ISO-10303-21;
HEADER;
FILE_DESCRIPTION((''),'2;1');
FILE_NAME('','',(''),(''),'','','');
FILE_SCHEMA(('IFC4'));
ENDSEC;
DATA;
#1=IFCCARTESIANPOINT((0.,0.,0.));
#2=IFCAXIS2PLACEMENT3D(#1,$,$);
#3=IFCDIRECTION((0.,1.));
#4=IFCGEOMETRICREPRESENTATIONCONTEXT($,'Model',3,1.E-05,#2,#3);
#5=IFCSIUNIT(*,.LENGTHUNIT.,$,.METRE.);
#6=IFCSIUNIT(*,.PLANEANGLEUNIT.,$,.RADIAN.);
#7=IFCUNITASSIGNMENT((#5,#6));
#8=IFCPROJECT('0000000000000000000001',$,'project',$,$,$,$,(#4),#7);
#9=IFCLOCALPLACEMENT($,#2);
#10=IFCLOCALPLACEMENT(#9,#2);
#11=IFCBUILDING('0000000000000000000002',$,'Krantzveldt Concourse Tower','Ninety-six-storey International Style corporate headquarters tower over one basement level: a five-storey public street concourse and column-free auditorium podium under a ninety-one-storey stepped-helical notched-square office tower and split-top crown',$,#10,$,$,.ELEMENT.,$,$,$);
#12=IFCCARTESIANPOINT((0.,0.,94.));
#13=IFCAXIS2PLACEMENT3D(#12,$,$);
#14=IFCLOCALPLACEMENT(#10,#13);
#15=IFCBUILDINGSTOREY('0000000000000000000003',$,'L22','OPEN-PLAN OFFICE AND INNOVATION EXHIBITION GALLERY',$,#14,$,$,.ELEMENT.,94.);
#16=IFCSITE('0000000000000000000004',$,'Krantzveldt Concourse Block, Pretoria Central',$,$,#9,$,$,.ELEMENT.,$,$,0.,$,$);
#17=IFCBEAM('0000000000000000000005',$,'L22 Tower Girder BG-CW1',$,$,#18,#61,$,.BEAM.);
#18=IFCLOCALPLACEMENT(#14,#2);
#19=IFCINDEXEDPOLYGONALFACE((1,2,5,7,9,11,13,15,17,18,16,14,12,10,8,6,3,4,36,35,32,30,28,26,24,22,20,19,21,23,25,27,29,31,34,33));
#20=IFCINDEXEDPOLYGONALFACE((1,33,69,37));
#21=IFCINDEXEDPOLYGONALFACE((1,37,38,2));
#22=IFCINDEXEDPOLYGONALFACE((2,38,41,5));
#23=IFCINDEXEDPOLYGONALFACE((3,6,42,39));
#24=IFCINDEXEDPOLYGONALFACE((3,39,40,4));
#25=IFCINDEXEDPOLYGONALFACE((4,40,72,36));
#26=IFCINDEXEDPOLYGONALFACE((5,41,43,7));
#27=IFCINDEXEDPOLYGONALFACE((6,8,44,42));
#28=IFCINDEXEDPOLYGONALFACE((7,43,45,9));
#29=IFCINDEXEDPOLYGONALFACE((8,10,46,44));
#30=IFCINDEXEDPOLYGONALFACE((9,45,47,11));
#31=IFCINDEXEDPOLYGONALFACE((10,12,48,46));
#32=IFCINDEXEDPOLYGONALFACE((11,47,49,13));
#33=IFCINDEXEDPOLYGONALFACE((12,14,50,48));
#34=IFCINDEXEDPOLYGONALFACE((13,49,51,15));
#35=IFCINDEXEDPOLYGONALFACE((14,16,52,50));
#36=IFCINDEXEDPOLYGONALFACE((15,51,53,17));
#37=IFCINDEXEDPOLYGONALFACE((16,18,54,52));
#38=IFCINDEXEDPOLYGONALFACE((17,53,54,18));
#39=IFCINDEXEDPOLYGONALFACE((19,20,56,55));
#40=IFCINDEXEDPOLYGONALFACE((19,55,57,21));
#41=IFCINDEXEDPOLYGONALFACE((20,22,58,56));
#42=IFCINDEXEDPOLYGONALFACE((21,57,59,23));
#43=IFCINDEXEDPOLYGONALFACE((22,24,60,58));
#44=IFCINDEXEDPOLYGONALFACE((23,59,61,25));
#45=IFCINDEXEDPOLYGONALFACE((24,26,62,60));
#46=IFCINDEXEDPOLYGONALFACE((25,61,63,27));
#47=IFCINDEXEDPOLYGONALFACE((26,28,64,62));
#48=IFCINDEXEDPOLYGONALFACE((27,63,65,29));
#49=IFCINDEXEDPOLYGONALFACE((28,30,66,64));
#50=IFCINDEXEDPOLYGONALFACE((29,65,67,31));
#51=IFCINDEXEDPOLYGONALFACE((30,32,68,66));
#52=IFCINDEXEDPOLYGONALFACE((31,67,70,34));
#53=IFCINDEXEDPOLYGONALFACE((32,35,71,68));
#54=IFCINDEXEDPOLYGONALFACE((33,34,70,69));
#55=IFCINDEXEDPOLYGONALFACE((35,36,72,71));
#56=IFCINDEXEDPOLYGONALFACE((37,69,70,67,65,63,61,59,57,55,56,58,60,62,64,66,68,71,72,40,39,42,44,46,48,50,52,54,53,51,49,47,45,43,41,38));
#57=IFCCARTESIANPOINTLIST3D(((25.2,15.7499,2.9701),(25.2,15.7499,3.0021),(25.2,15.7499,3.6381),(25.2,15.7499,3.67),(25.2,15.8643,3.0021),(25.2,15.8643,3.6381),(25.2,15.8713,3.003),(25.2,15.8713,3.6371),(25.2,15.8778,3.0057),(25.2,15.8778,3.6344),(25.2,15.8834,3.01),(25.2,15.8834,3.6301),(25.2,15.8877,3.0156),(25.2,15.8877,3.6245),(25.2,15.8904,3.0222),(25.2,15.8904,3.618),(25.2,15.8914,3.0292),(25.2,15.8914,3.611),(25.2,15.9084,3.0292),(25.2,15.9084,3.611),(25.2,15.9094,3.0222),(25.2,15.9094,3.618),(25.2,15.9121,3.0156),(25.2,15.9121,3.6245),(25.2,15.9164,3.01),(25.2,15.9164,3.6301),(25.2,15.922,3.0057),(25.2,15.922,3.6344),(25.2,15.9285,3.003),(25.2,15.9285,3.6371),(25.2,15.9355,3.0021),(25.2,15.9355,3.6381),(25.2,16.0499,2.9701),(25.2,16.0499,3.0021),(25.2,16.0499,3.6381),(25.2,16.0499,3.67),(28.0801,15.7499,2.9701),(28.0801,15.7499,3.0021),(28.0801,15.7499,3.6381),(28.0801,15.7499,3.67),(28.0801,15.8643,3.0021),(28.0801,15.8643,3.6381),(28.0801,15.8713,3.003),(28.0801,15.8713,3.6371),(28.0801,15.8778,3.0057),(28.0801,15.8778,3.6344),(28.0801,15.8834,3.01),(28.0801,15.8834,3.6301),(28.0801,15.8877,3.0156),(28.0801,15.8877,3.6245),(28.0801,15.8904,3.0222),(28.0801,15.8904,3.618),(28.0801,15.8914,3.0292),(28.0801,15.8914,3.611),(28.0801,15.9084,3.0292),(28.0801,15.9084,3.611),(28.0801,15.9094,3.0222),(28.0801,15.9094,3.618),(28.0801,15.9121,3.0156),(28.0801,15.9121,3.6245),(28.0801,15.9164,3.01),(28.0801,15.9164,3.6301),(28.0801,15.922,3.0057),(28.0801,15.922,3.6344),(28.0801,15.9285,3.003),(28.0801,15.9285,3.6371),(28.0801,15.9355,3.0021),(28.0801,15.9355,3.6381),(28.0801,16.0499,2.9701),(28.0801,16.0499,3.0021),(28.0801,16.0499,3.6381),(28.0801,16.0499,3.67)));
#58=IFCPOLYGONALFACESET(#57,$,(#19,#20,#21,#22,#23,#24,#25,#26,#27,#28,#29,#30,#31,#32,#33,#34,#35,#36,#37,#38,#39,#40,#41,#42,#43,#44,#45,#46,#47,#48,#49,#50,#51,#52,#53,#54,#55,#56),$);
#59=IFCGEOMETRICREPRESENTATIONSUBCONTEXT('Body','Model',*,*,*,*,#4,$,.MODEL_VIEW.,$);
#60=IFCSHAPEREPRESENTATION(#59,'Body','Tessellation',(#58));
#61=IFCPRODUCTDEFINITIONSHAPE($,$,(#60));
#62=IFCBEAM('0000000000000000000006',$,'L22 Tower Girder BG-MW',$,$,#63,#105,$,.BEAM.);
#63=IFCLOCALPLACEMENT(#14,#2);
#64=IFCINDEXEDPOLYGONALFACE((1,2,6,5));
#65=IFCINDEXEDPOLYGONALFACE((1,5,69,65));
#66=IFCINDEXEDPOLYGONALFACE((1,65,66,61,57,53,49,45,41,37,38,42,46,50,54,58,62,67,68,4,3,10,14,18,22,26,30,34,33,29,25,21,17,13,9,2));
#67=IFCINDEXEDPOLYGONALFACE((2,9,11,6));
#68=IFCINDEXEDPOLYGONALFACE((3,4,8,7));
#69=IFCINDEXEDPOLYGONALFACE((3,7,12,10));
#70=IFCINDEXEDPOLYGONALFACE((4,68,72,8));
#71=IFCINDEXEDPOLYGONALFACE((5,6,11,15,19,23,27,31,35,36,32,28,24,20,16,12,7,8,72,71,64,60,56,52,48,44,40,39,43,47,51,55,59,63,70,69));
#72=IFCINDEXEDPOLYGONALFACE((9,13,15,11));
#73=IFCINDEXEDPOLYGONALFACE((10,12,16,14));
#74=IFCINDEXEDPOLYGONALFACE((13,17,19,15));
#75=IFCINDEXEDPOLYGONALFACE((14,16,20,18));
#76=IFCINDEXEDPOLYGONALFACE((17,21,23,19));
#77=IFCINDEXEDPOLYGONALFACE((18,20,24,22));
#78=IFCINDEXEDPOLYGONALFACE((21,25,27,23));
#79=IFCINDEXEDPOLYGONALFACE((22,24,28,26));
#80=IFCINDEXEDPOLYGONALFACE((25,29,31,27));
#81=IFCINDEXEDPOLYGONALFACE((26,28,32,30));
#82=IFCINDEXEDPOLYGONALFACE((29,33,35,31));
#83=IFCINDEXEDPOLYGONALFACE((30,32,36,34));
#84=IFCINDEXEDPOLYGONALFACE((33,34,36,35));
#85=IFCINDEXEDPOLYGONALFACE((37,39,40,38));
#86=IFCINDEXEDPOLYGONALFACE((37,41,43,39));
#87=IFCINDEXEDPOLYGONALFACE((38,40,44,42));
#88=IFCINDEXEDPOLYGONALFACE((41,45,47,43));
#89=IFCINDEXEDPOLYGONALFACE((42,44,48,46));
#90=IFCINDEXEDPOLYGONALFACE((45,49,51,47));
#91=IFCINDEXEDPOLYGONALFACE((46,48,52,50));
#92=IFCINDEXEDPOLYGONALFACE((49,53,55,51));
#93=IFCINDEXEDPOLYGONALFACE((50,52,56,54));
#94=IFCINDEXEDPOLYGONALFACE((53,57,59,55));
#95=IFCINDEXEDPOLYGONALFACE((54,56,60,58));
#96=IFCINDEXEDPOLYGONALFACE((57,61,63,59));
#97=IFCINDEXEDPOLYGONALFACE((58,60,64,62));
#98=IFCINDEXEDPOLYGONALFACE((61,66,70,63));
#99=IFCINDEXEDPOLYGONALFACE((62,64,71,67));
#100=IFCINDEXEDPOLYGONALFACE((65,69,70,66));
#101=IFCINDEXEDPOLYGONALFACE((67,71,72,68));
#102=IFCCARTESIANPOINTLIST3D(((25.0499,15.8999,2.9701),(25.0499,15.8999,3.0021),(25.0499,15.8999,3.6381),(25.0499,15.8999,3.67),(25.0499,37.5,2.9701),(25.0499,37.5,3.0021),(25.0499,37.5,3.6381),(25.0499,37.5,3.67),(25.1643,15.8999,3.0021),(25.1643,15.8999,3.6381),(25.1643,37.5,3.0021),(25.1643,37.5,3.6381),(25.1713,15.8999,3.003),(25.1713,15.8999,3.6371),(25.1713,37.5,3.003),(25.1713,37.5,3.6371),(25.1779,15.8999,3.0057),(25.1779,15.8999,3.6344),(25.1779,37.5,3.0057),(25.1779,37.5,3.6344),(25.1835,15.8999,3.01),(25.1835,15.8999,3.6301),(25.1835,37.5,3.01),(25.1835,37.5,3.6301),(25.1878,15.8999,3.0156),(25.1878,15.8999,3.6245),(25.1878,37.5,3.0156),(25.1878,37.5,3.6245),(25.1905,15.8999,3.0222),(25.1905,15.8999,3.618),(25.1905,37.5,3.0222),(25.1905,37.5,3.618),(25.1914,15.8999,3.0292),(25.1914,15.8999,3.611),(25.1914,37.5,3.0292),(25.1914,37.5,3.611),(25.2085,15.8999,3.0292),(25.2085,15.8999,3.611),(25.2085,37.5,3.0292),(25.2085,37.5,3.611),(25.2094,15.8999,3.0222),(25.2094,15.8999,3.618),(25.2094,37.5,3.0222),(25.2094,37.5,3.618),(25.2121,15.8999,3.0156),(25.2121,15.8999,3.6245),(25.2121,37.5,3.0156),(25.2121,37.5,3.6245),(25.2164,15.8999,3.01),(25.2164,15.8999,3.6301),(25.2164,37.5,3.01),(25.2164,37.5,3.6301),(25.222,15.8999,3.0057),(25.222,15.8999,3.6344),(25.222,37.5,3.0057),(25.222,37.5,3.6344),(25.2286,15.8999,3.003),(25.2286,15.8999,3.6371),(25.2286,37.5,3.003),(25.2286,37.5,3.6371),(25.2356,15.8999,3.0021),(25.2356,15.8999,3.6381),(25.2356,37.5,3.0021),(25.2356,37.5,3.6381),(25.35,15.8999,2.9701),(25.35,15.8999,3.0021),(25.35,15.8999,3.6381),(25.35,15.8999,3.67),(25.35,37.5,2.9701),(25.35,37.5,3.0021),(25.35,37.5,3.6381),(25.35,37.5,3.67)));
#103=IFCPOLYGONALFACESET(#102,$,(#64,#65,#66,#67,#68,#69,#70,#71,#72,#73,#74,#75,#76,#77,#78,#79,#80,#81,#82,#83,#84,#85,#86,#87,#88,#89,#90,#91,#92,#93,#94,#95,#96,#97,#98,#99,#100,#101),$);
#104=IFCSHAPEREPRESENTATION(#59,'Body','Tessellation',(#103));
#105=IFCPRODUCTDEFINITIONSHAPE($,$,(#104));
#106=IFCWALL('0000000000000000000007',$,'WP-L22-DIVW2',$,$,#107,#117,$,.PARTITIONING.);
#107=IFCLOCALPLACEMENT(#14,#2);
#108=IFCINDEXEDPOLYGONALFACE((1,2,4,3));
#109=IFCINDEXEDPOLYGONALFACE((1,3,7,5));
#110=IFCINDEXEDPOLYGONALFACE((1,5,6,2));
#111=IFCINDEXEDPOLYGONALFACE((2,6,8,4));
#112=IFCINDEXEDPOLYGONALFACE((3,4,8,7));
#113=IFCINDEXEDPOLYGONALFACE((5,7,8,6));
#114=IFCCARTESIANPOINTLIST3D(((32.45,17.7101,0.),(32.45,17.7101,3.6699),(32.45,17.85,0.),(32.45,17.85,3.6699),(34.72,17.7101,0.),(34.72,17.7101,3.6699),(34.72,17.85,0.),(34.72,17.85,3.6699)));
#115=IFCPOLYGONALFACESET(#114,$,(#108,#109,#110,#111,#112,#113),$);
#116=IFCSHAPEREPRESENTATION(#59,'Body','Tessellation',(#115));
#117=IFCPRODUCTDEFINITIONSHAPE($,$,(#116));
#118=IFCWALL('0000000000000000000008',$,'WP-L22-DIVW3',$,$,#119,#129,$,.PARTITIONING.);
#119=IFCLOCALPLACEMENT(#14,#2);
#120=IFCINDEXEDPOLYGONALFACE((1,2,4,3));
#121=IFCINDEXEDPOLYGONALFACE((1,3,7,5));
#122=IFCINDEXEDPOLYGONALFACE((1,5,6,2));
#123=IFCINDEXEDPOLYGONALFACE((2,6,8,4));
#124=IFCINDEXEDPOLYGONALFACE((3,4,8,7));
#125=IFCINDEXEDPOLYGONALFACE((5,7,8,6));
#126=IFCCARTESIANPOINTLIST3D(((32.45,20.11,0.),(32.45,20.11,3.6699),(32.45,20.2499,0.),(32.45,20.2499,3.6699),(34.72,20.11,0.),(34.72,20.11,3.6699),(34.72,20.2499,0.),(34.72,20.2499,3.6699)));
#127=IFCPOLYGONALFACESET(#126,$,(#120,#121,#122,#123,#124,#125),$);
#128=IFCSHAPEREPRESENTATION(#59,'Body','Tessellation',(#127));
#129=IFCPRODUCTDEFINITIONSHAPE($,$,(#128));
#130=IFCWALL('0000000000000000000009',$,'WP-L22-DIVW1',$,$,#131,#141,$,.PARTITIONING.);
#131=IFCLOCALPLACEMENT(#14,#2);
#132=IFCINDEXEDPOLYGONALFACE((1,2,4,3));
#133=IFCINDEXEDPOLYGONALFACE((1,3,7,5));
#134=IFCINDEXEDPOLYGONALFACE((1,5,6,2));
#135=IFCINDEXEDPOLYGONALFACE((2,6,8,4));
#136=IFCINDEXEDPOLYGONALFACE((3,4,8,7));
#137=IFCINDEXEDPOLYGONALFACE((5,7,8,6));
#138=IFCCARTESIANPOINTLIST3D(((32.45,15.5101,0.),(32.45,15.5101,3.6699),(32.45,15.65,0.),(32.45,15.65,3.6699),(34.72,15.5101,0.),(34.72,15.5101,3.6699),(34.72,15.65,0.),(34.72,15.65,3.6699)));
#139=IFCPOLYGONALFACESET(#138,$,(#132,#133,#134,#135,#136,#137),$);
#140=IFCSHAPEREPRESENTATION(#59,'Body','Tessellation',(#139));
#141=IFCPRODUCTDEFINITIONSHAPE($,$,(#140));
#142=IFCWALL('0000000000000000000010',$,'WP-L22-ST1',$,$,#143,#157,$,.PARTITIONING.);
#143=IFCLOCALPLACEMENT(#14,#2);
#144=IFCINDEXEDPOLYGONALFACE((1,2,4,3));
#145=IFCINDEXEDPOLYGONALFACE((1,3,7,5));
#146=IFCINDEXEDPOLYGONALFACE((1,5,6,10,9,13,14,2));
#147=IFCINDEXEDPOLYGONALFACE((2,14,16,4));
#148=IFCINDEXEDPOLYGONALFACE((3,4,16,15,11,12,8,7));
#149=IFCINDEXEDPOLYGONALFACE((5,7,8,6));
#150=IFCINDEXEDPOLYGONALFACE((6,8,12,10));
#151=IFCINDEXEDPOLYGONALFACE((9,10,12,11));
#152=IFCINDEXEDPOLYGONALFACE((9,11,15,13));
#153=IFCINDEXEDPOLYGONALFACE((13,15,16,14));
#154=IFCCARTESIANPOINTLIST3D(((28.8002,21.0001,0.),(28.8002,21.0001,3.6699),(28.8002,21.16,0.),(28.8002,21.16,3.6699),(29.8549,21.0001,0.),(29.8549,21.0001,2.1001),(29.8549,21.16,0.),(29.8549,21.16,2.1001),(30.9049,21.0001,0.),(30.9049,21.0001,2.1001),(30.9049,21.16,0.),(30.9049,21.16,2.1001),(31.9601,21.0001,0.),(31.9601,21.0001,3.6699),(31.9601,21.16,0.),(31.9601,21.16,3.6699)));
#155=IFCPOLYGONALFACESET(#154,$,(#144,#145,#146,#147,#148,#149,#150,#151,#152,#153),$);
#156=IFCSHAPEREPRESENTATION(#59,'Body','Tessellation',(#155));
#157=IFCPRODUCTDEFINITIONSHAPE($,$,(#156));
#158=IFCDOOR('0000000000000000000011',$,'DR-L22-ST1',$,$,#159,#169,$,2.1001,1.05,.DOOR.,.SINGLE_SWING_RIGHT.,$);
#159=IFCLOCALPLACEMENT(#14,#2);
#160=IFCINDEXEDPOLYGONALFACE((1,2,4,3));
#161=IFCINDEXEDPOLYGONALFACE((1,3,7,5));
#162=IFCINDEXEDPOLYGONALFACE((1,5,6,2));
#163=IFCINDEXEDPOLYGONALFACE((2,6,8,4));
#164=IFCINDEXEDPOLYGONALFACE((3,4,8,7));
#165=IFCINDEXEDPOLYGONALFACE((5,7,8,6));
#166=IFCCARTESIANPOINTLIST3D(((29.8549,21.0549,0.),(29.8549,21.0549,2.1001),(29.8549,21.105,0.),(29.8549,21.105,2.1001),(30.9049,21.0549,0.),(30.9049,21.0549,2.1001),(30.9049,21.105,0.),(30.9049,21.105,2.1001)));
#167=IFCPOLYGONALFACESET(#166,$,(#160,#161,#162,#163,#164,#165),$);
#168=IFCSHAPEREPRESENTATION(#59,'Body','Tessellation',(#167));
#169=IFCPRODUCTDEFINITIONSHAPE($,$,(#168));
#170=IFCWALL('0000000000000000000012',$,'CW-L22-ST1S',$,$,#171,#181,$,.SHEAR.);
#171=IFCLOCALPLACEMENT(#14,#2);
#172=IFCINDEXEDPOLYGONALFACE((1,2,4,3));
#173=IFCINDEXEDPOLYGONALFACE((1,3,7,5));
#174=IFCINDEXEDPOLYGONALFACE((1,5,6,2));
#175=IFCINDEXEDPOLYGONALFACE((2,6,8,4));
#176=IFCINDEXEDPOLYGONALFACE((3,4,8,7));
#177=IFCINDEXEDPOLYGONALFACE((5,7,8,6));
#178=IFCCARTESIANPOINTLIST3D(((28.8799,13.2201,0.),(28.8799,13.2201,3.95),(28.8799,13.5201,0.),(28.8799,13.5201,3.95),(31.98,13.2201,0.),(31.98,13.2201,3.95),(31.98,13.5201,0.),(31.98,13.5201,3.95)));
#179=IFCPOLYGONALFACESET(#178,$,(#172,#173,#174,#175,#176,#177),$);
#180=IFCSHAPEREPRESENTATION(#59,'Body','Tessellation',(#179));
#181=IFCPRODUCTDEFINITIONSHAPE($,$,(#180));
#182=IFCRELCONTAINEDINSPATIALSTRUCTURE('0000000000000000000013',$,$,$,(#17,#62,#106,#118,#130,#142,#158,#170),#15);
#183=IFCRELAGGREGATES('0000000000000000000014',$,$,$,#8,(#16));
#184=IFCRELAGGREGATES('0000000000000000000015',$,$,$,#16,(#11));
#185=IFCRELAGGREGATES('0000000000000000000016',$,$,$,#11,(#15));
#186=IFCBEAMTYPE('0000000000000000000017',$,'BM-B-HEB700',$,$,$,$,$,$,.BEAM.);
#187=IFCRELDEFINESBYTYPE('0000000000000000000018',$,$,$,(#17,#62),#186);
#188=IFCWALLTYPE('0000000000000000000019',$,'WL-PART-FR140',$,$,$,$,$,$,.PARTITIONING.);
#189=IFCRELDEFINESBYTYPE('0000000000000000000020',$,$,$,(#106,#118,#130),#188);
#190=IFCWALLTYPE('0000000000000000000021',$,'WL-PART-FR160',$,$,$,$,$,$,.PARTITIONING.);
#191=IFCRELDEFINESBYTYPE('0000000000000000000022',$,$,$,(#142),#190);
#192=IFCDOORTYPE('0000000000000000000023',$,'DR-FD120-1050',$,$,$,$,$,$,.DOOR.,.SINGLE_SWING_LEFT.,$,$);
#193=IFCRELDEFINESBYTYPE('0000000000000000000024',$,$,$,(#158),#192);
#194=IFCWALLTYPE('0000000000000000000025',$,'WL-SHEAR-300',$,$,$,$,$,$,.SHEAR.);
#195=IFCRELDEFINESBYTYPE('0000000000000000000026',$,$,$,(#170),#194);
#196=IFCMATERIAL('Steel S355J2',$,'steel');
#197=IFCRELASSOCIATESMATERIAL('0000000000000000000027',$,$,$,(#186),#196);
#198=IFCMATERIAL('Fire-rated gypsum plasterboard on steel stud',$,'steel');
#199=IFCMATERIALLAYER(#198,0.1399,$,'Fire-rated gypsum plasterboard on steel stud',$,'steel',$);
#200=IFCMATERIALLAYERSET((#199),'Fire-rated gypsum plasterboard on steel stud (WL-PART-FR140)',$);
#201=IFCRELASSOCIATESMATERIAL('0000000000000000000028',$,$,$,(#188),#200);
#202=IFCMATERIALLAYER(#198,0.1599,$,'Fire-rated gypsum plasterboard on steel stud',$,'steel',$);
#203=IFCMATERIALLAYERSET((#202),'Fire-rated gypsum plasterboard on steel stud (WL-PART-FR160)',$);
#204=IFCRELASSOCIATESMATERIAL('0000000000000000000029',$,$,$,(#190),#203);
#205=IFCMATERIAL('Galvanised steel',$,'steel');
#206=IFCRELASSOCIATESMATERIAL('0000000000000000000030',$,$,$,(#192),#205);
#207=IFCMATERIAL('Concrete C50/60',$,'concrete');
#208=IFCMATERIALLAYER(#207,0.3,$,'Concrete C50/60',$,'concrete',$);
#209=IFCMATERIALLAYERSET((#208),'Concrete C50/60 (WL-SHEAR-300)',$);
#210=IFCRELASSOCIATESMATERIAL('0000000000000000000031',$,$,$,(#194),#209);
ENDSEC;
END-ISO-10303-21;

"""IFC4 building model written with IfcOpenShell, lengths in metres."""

from ifc_helpers import new_model, si_unit, direction, frame, frame_2d, origin, origin_2d, place, context, subcontext, project, spatial, rectangle, i_section, extrude, source, transform, mapped, material, layer, layer_set, material_profile, profile_set, type_object, type_shapes, element, fill, save


model = new_model("IFC4")

# Units and contexts
model_context = context("Model", 3, precision=1e-05, world=origin(), true_north=direction((0.0, 1.0)))
body_context = subcontext(model_context, "Body", "Model", "MODEL_VIEW")
ifc_project = project(units=[si_unit("LENGTHUNIT", "METRE"), si_unit("PLANEANGLEUNIT", "RADIAN")], contexts=[model_context])

# Site, building, storey
site_placement = place(None, origin())
site = spatial("IfcSite", under=ifc_project, at=site_placement, Name="Krantzveldt Concourse Block, Pretoria Central", CompositionType="ELEMENT", RefElevation=0.0)
building_placement = place(site_placement, origin())
building = spatial("IfcBuilding", under=site, at=building_placement, Name="Krantzveldt Concourse Tower", Description="Ninety-six-storey International Style corporate headquarters tower over one basement level: a five-storey public street concourse and column-free auditorium podium under a ninety-one-storey stepped-helical notched-square office tower and split-top crown", CompositionType="ELEMENT")
storey_placement = place(building_placement, frame((0.0, 0.0, 94.0)))
storey = spatial("IfcBuildingStorey", under=building, at=storey_placement, Name="L22", Description="OPEN-PLAN OFFICE AND INNOVATION EXHIBITION GALLERY", CompositionType="ELEMENT", Elevation=94.0)

# Beams
ifc_material_1 = material(Name="Steel S355J2", Category="steel")
ifc_material_profile = material_profile(ifc_material_1, i_section(OverallWidth=0.3, OverallDepth=0.7, WebThickness=0.0171, FlangeThickness=0.032, FilletRadius=0.0271, at=origin_2d()), Name="Steel S355J2", Category="steel")
ifc_profile_set = profile_set([ifc_material_profile], Name="Steel S355J2 - HEB 700")
beam_type = type_object("IfcBeamType", Name="BM-B-HEB700", PredefinedType="BEAM", material=ifc_profile_set)
shared_shape_1 = source(origin(), body_context, "Body", "SweptSolid", [
    extrude(i_section(OverallWidth=0.3, OverallDepth=0.7, WebThickness=0.0171, FlangeThickness=0.032, FilletRadius=0.0271, at=origin_2d()), origin(), (0.0, 0.0, 1.0), 2.8801),
])
beam_1_placement = place(storey_placement, frame((25.2, 15.8999, 3.3201), z_axis=(1.0, 0.0, 0.0), x_axis=(0.0, 1.0, 0.0)))
element("IfcBeam", 1, at=beam_1_placement, inside=storey, type_object=beam_type, Name="L22 Tower Girder BG-CW1", PredefinedType="BEAM", context=body_context, shape_type="MappedRepresentation", body=[
    mapped(shared_shape_1, transform((0.0, 0.0, 0.0), x_axis=(1.0, 0.0, 0.0), y_axis=(0.0, 1.0, 0.0), z_axis=(0.0, 0.0, 1.0), scale=1.0)),
])
shared_shape_2 = source(origin(), body_context, "Body", "SweptSolid", [
    extrude(i_section(OverallWidth=0.3, OverallDepth=0.7, WebThickness=0.0171, FlangeThickness=0.032, FilletRadius=0.0271, at=origin_2d()), origin(), (0.0, 0.0, 1.0), 21.6001),
])
type_shapes(beam_type, [shared_shape_1, shared_shape_2])
beam_2_placement = place(storey_placement, frame((25.2, 15.8999, 3.3201), z_axis=(0.0, 1.0, 0.0), x_axis=(-1.0, 0.0, 0.0)))
element("IfcBeam", 2, at=beam_2_placement, inside=storey, type_object=beam_type, Name="L22 Tower Girder BG-MW", PredefinedType="BEAM", context=body_context, shape_type="MappedRepresentation", body=[
    mapped(shared_shape_2, transform((0.0, 0.0, 0.0), x_axis=(1.0, 0.0, 0.0), y_axis=(0.0, 1.0, 0.0), z_axis=(0.0, 0.0, 1.0), scale=1.0)),
])

# Walls
ifc_material_2 = material(Name="Fire-rated gypsum plasterboard on steel stud", Category="steel")
ifc_layer_1 = layer(ifc_material_2, 0.1399, Name="Fire-rated gypsum plasterboard on steel stud", Category="steel")
ifc_layer_set_1 = layer_set([ifc_layer_1], Name="Fire-rated gypsum plasterboard on steel stud (WL-PART-FR140)")
wall_type_1 = type_object("IfcWallType", Name="WL-PART-FR140", PredefinedType="PARTITIONING", material=ifc_layer_set_1)
for number, where, z_axis, x_axis, name in (
    (3, (32.45, 17.78, 0.0), (0.0, 0.0, 1.0), (1.0, 0.0, 0.0), "WP-L22-DIVW2"),
    (4, (32.45, 20.1799, 0.0), (0.0, 0.0, 1.0), (1.0, 0.0, 0.0), "WP-L22-DIVW3"),
    (5, (32.45, 15.5801, 0.0), (0.0, 0.0, 1.0), (1.0, 0.0, 0.0), "WP-L22-DIVW1"),
):
    element("IfcWall", number, at=place(storey_placement, frame(where, z_axis=z_axis, x_axis=x_axis)), inside=storey, type_object=wall_type_1, Name=name, PredefinedType="PARTITIONING", context=body_context, shape_type="SweptSolid", body=[
        extrude(rectangle(XDim=2.27, YDim=0.1399, at=frame_2d((1.135, 0.0))), origin(), (0.0, 0.0, 1.0), 3.6699),
    ])

# Wall, opening, door
ifc_layer_2 = layer(ifc_material_2, 0.1599, Name="Fire-rated gypsum plasterboard on steel stud", Category="steel")
ifc_layer_set_2 = layer_set([ifc_layer_2], Name="Fire-rated gypsum plasterboard on steel stud (WL-PART-FR160)")
wall_type_2 = type_object("IfcWallType", Name="WL-PART-FR160", PredefinedType="PARTITIONING", material=ifc_layer_set_2)
wall_1_placement = place(storey_placement, frame((28.8, 21.0801, 0.0), z_axis=(0.0, 0.0, 1.0), x_axis=(1.0, 0.0, 0.0)))
wall_1 = element("IfcWall", 6, at=wall_1_placement, inside=storey, type_object=wall_type_2, Name="WP-L22-ST1", PredefinedType="PARTITIONING", context=body_context, shape_type="SweptSolid", body=[
    extrude(rectangle(XDim=3.1599, YDim=0.1599, at=frame_2d((1.5801, 0.0))), origin(), (0.0, 0.0, 1.0), 3.6699),
])
opening_placement = place(wall_1_placement, frame((1.0549, 0.0, 0.0)))
opening = element("IfcOpeningElement", 7, at=opening_placement, cuts=wall_1, PredefinedType="OPENING", context=body_context, shape_type="SweptSolid", body=[
    extrude(rectangle(XDim=1.05, YDim=2.1001, at=frame_2d((0.5249, 1.05))), frame((0.0, 0.0898, 0.0), z_axis=(0.0, -1.0, 0.0), x_axis=(1.0, 0.0, 0.0)), (0.0, 0.0, 1.0), 0.1799),
])
ifc_material_3 = material(Name="Galvanised steel", Category="steel")
door_type = type_object("IfcDoorType", Name="DR-FD120-1050", OperationType="SINGLE_SWING_LEFT", PredefinedType="DOOR", material=ifc_material_3)
door_placement = place(opening_placement, origin())
door = element("IfcDoor", 8, at=door_placement, inside=storey, type_object=door_type, Name="DR-L22-ST1", OperationType="SINGLE_SWING_RIGHT", OverallHeight=2.1001, OverallWidth=1.05, PredefinedType="DOOR", context=body_context, shape_type="SweptSolid", body=[
    extrude(rectangle(XDim=1.05, YDim=2.1001, at=frame_2d((0.5249, 1.05))), frame((0.0, 0.0249, 0.0), z_axis=(0.0, -1.0, 0.0), x_axis=(1.0, 0.0, 0.0)), (0.0, 0.0, 1.0), 0.05),
])
fill(opening, door)

# Wall
ifc_material_4 = material(Name="Concrete C50/60", Category="concrete")
ifc_layer_3 = layer(ifc_material_4, 0.3, Name="Concrete C50/60", Category="concrete")
ifc_layer_set_3 = layer_set([ifc_layer_3], Name="Concrete C50/60 (WL-SHEAR-300)")
wall_type_3 = type_object("IfcWallType", Name="WL-SHEAR-300", PredefinedType="SHEAR", material=ifc_layer_set_3)
wall_2_placement = place(storey_placement, frame((28.8799, 13.3701, 0.0), z_axis=(0.0, 0.0, 1.0), x_axis=(1.0, 0.0, 0.0)))
element("IfcWall", 9, at=wall_2_placement, inside=storey, type_object=wall_type_3, Name="CW-L22-ST1S", PredefinedType="SHEAR", context=body_context, shape_type="SweptSolid", body=[
    extrude(rectangle(XDim=3.1001, YDim=0.3, at=frame_2d((1.55, 0.0))), origin(), (0.0, 0.0, 1.0), 3.95),
])

save(model, "model.ifc")
